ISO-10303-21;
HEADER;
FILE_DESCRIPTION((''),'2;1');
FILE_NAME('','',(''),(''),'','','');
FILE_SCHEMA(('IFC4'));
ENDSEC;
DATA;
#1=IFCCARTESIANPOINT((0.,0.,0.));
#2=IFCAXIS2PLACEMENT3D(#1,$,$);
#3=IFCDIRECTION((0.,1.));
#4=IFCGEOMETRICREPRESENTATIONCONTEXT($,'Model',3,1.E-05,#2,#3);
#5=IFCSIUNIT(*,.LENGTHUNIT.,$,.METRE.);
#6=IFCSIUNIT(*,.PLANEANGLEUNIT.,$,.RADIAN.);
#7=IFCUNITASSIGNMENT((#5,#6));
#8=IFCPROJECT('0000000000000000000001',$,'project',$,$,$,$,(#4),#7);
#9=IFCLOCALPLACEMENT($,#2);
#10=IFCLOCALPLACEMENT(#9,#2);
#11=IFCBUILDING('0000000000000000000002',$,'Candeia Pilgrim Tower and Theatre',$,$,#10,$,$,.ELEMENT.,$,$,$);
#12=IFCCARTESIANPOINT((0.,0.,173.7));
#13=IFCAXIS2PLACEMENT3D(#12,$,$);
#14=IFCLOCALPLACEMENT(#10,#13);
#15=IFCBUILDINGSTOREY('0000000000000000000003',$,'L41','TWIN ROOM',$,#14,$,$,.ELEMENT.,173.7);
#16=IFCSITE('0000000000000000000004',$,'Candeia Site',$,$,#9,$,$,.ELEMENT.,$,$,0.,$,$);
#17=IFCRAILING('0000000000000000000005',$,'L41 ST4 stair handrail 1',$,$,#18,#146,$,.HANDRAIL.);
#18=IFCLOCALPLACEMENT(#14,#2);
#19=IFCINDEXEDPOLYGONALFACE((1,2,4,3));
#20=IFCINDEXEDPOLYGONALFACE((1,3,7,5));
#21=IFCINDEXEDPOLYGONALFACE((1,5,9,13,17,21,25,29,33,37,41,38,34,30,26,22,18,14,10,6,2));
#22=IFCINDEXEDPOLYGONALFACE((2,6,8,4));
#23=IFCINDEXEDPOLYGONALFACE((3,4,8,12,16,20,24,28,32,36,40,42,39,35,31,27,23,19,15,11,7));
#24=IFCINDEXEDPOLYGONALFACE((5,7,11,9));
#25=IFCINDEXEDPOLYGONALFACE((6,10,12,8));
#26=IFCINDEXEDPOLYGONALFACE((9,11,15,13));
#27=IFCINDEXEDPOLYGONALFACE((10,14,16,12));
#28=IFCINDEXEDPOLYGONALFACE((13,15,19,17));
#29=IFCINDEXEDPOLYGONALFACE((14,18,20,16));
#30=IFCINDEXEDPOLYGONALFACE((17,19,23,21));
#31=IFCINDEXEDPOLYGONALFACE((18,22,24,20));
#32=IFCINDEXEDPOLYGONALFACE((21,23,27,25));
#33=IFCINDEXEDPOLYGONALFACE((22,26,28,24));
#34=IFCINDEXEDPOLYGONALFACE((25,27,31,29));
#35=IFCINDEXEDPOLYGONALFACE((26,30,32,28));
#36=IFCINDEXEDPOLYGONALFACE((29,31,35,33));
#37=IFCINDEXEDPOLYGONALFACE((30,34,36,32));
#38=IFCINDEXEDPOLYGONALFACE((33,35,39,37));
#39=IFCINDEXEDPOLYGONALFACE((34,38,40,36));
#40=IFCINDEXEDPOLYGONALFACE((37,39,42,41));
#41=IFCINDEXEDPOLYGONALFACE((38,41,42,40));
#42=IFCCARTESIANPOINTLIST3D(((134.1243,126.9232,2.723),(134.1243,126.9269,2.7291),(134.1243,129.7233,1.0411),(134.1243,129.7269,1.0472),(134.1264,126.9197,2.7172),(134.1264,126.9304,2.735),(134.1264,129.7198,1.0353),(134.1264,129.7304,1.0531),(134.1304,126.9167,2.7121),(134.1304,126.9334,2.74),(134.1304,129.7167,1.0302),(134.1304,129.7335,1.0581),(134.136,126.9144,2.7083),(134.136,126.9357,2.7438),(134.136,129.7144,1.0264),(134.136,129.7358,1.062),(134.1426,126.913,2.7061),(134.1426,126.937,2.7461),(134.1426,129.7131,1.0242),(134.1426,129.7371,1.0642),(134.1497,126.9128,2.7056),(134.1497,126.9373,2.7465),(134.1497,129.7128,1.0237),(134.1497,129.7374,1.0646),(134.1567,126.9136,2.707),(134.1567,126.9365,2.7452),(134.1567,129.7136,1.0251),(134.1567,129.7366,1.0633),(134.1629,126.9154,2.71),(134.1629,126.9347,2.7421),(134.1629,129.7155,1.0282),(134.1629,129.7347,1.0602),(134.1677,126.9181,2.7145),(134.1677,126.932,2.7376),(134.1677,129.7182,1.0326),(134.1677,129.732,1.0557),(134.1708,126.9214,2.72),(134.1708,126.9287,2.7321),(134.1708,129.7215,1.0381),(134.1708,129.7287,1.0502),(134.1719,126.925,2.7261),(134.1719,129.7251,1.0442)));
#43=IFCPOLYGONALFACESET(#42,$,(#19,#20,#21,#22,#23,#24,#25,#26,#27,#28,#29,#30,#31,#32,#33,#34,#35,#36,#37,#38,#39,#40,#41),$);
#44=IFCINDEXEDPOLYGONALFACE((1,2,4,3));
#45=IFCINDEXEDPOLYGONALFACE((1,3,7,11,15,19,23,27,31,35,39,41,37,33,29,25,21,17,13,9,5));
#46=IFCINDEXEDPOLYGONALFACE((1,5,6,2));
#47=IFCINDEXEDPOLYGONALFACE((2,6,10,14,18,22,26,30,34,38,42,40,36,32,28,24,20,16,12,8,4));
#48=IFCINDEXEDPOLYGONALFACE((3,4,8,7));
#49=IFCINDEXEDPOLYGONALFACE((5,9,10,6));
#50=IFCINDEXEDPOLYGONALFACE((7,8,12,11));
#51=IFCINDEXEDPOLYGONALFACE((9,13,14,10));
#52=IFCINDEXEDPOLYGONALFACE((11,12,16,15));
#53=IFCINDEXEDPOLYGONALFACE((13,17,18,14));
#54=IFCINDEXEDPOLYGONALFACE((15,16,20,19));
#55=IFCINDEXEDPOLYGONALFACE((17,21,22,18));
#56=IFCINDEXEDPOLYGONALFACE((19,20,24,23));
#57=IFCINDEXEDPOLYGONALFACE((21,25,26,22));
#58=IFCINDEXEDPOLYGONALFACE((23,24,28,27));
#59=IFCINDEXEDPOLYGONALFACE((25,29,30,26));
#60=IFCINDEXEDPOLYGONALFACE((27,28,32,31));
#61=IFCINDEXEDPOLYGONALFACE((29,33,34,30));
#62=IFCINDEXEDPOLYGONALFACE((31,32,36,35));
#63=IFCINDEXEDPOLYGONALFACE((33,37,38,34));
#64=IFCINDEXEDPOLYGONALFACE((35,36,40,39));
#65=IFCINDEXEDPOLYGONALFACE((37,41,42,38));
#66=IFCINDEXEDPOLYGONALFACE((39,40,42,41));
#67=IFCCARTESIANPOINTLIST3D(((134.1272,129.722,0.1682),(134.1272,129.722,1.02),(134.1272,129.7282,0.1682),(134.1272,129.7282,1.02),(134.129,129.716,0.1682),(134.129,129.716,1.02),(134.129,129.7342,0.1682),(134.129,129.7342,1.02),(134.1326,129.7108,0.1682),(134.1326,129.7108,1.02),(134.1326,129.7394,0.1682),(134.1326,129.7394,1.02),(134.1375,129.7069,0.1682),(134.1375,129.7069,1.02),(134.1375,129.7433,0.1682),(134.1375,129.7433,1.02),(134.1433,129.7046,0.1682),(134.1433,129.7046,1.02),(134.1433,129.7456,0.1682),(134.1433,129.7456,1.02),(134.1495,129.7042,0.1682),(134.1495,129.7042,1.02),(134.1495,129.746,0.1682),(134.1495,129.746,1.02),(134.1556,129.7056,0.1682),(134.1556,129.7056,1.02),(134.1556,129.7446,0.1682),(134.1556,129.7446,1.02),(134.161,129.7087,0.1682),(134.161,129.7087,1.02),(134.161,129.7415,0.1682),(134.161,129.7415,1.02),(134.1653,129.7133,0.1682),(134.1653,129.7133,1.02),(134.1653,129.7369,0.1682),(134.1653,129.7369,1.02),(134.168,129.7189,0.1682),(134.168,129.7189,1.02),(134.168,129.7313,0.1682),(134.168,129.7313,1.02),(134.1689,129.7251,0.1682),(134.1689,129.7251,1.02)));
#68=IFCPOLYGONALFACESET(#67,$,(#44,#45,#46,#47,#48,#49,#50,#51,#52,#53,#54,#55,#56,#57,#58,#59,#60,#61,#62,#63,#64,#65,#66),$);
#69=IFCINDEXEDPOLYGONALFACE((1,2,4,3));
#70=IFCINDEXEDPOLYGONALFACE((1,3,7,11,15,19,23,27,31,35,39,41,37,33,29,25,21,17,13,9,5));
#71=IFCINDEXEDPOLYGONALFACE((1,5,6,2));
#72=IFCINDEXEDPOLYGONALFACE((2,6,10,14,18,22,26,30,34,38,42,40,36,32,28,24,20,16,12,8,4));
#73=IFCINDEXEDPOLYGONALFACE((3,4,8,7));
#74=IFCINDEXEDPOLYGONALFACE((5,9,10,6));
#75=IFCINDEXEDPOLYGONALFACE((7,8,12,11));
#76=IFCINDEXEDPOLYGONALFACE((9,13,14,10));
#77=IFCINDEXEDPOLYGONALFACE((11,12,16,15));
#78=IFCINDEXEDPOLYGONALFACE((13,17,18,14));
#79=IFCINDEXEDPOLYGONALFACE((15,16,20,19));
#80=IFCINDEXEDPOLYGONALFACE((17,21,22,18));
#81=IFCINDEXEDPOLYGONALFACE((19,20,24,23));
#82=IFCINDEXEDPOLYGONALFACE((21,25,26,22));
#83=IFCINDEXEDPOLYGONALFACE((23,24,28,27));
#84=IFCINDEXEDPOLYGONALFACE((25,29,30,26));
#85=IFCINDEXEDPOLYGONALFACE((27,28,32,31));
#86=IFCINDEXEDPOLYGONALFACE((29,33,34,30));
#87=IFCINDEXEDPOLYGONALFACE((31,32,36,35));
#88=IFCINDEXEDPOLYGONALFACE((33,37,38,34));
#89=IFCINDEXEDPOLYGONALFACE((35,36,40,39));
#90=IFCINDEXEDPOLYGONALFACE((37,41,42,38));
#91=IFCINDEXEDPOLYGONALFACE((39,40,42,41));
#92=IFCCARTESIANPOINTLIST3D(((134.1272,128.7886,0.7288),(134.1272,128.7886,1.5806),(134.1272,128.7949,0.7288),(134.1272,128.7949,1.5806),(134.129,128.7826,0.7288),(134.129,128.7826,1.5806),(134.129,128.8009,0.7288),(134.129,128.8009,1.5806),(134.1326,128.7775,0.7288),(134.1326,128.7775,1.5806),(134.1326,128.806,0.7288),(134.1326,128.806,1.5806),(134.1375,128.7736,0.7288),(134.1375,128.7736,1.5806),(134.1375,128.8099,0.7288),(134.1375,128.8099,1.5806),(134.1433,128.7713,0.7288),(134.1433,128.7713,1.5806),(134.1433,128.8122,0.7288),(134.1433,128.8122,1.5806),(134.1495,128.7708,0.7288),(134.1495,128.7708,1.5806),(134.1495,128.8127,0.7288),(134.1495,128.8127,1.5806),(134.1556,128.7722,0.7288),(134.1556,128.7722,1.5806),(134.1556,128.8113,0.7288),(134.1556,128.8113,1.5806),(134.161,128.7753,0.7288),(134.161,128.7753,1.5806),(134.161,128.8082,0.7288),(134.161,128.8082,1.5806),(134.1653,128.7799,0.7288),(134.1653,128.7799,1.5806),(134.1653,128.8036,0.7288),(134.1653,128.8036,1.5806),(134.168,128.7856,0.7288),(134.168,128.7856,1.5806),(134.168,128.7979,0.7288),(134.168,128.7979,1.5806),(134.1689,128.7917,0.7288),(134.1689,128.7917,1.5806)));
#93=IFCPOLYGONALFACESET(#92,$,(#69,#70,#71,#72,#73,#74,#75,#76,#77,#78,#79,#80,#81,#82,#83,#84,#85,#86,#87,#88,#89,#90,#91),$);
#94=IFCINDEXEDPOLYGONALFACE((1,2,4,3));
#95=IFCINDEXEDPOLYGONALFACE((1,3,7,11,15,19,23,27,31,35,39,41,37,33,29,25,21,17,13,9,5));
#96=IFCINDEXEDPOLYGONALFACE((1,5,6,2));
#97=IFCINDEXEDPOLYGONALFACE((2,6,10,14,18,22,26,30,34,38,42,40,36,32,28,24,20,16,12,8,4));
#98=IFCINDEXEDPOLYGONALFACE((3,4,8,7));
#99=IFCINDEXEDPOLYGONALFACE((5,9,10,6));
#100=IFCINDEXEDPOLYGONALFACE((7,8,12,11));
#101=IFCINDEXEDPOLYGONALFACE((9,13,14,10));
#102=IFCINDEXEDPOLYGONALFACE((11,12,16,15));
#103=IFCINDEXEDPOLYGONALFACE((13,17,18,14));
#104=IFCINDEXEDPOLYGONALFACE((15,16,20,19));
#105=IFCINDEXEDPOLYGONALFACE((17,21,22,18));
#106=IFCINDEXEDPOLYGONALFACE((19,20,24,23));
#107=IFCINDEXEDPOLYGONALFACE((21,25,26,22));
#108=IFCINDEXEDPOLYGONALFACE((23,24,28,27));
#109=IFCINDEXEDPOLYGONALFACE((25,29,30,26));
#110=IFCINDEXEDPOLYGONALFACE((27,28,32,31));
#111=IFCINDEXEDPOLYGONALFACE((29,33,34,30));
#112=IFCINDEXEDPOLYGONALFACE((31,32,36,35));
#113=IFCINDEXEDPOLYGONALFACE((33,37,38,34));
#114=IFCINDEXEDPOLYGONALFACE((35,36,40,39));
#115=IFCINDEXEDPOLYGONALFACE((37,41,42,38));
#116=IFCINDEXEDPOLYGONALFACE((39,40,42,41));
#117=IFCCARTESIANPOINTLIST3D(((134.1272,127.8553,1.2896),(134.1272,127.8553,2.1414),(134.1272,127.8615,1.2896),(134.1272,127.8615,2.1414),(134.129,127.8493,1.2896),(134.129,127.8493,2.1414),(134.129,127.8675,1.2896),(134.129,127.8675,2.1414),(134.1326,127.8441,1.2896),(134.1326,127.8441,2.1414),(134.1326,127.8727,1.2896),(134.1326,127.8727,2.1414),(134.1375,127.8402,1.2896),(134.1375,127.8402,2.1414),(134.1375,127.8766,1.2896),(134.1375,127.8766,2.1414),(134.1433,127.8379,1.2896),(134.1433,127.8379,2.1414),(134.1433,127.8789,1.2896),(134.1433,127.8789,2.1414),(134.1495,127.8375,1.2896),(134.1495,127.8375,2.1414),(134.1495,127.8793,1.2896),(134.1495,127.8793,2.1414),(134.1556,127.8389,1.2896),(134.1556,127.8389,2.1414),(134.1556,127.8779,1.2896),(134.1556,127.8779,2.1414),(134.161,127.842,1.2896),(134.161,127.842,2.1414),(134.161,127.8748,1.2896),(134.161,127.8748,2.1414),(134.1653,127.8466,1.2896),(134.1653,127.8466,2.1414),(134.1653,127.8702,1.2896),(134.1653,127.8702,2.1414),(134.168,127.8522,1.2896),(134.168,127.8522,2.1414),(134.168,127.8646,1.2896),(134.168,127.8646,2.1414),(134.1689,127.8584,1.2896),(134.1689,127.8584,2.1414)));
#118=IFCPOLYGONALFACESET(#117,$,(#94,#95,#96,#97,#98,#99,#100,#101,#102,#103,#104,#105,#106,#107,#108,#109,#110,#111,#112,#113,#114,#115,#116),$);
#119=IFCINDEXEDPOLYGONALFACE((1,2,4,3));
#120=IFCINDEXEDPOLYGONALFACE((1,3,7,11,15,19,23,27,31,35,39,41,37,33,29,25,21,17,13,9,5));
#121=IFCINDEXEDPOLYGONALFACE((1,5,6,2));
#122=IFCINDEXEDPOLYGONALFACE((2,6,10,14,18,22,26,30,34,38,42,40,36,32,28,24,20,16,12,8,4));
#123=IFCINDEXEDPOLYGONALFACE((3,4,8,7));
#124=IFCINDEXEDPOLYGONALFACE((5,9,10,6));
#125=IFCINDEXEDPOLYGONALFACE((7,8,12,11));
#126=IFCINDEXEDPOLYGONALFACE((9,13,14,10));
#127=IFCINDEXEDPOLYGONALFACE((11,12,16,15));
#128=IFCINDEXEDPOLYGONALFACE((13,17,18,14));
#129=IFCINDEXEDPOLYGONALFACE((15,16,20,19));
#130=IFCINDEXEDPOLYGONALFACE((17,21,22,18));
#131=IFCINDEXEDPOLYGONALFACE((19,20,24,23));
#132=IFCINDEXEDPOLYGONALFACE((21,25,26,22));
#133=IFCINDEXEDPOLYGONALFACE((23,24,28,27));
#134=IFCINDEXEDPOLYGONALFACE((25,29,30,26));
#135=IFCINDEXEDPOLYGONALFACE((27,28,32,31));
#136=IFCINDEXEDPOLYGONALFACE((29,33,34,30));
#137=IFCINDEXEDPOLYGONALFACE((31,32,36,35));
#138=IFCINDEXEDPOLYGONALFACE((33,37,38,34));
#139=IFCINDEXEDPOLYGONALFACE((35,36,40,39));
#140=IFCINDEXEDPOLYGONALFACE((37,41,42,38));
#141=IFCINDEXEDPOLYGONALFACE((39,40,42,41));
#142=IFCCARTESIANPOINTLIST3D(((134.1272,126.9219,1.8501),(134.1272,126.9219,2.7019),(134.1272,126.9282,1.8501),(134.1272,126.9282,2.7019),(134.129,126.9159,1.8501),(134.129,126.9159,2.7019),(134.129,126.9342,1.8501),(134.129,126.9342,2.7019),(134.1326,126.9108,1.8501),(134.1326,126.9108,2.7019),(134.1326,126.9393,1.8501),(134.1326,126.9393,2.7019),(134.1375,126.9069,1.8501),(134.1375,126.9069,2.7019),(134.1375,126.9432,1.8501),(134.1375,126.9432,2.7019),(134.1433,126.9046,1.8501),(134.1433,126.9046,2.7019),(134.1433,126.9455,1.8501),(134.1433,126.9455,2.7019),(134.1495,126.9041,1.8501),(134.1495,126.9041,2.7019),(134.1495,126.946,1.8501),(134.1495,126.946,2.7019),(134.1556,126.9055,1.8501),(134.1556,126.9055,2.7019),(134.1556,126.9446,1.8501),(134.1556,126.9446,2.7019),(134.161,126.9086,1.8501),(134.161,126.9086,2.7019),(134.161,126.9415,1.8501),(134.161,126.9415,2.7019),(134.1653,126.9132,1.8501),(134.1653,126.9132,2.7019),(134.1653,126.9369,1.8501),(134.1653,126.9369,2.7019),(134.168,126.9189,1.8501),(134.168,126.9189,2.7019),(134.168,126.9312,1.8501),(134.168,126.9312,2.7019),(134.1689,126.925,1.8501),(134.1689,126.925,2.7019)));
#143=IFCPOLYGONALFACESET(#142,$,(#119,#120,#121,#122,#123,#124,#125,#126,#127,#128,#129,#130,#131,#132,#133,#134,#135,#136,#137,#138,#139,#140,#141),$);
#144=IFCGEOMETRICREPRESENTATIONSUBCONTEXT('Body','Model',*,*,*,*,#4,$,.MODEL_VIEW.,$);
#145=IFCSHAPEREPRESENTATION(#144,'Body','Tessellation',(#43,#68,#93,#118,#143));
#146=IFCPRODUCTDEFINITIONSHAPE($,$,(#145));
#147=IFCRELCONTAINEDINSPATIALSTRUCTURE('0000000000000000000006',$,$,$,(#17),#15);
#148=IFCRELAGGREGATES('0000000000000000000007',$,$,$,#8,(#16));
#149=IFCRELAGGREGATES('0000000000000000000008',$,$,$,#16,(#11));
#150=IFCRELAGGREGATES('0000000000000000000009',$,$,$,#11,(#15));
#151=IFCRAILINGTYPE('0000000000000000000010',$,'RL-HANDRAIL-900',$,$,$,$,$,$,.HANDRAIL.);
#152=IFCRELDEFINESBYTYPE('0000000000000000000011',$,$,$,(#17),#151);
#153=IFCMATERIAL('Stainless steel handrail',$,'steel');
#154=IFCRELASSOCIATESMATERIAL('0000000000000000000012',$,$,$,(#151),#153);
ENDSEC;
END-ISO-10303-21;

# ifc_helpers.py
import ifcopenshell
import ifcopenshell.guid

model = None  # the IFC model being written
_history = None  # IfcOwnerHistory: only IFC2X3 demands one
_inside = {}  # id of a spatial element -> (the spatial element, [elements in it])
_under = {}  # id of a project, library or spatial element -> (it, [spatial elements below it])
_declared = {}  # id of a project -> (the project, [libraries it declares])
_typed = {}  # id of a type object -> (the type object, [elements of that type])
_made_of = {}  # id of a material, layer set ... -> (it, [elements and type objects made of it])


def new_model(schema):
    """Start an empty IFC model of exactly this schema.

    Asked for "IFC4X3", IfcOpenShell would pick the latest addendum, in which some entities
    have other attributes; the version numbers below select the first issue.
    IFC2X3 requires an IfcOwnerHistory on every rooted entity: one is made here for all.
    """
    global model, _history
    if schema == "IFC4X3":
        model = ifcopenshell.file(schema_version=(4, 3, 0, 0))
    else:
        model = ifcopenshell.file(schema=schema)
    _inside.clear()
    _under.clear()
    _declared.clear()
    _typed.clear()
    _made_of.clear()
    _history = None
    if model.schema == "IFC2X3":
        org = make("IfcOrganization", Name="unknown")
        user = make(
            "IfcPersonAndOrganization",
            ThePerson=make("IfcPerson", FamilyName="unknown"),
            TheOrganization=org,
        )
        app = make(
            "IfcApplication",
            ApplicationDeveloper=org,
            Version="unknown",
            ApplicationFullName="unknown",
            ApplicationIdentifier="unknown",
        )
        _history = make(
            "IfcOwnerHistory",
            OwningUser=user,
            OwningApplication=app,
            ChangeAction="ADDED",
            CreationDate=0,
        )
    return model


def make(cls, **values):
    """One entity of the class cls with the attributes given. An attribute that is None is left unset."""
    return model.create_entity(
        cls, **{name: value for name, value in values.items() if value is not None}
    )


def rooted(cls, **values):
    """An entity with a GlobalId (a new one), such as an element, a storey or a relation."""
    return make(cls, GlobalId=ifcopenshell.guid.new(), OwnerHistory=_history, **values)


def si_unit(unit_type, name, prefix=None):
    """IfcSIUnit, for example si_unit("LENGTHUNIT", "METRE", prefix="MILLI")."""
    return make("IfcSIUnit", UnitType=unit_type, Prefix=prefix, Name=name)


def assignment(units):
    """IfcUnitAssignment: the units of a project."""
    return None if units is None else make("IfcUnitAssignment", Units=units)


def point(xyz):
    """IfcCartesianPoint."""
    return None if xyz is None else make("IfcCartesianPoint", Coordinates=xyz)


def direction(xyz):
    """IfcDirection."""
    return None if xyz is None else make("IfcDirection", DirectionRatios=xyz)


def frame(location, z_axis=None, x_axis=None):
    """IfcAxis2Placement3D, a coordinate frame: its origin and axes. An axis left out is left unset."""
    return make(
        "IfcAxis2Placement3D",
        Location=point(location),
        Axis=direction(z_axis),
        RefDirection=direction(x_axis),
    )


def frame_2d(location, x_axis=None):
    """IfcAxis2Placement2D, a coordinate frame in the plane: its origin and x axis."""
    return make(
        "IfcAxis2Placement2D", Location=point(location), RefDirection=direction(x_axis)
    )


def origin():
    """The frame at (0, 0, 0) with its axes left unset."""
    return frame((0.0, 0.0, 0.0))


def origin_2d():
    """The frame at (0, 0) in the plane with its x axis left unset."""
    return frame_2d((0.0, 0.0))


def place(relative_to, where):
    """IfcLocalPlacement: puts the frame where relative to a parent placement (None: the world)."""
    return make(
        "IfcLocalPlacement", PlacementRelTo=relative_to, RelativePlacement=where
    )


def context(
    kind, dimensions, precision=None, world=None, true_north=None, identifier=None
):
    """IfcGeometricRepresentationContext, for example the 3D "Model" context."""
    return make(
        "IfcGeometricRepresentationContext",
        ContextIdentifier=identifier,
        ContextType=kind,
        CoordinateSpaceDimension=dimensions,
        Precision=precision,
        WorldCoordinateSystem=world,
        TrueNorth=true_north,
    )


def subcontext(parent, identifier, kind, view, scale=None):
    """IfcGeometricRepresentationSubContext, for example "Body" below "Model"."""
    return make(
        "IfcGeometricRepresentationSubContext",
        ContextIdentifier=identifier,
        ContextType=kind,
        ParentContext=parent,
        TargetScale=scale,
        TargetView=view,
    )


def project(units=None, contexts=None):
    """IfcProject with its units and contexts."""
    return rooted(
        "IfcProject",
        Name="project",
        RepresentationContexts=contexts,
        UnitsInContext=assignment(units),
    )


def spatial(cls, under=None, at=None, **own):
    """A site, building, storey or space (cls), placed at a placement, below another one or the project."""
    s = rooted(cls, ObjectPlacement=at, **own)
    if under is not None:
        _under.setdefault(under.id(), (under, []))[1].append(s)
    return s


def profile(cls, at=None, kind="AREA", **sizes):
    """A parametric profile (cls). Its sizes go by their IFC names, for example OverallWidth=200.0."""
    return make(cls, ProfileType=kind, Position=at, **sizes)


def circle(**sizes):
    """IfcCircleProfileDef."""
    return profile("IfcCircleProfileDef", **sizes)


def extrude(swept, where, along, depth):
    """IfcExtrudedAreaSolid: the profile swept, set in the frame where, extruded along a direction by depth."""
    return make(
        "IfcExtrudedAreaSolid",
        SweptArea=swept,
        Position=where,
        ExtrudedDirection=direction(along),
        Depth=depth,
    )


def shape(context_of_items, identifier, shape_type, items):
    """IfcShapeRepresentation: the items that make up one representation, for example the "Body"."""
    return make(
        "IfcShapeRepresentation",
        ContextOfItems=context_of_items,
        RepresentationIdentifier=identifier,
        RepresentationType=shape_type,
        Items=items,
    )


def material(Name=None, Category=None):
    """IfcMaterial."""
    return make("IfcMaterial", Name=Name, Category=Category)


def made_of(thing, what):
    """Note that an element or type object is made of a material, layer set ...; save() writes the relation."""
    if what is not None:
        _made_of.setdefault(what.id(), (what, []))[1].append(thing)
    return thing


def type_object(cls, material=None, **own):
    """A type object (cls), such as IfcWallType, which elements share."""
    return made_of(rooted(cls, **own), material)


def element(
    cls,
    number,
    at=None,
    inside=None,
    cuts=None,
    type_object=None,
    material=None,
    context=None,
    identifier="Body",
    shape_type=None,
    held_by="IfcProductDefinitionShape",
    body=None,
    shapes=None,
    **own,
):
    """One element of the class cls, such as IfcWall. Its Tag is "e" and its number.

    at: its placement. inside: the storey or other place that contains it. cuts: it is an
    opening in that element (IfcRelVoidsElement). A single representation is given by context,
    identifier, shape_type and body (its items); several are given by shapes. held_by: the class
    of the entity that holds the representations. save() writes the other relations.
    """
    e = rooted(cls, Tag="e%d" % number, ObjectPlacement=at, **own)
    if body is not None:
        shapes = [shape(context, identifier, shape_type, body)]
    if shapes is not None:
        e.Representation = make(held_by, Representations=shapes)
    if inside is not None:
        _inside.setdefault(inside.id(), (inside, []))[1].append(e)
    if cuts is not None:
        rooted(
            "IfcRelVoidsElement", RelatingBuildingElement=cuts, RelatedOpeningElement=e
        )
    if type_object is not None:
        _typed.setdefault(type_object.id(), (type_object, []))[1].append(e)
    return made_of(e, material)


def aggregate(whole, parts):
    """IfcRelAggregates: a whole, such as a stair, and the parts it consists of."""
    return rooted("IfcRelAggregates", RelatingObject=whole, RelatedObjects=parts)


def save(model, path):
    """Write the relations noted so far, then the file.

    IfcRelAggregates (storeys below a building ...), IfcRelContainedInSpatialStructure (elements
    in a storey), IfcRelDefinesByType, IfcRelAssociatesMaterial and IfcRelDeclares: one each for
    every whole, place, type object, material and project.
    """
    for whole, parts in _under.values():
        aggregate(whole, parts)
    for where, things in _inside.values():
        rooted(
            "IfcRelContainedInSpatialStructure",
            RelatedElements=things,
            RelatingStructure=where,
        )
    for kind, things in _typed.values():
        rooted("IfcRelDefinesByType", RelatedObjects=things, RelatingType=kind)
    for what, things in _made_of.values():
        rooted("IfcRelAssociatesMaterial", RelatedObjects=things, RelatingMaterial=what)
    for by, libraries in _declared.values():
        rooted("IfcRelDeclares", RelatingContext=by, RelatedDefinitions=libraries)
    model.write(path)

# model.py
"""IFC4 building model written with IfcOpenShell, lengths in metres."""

from ifc_helpers import new_model, si_unit, direction, frame, origin, origin_2d, place, context, subcontext, project, spatial, circle, extrude, material, type_object, element, save


model = new_model("IFC4")

# Units and contexts
model_context = context("Model", 3, precision=1e-05, world=origin(), true_north=direction((0.0, 1.0)))
body_context = subcontext(model_context, "Body", "Model", "MODEL_VIEW")
ifc_project = project(units=[si_unit("LENGTHUNIT", "METRE"), si_unit("PLANEANGLEUNIT", "RADIAN")], contexts=[model_context])

# Site, building, storey
site_placement = place(None, origin())
site = spatial("IfcSite", under=ifc_project, at=site_placement, Name="Candeia Site", CompositionType="ELEMENT", RefElevation=0.0)
building_placement = place(site_placement, origin())
building = spatial("IfcBuilding", under=site, at=building_placement, Name="Candeia Pilgrim Tower and Theatre", CompositionType="ELEMENT")
storey_placement = place(building_placement, frame((0.0, 0.0, 173.7)))
storey = spatial("IfcBuildingStorey", under=building, at=storey_placement, Name="L41", Description="TWIN ROOM", CompositionType="ELEMENT", Elevation=173.7)

# Railing
ifc_material_1 = material(Name="Stainless steel handrail", Category="steel")
railing_type_1 = type_object("IfcRailingType", Name="RL-HANDRAIL-900", PredefinedType="HANDRAIL", material=ifc_material_1)
railing_1_placement = place(storey_placement, frame((134.1479, 129.7251, 0.1682)))
element("IfcRailing", 1, at=railing_1_placement, inside=storey, type_object=railing_type_1, Name="L41 ST4 stair handrail 1", PredefinedType="HANDRAIL", context=body_context, shape_type="SweptSolid", body=[
    extrude(circle(Radius=0.0239, at=origin_2d()), frame((0.0, 0.0, 0.876), z_axis=(0.0, -0.857242, 0.514913), x_axis=(1.0, 0.0, 0.0)), (0.0, 0.0, 1.0), 3.2664),
    extrude(circle(Radius=0.021, at=origin_2d()), origin(), (0.0, 0.0, 1.0), 0.8518),
    extrude(circle(Radius=0.021, at=origin_2d()), frame((0.0, -0.9333, 0.5605)), (0.0, 0.0, 1.0), 0.8518),
    extrude(circle(Radius=0.021, at=origin_2d()), frame((0.0, -1.8667, 1.1213)), (0.0, 0.0, 1.0), 0.8518),
    extrude(circle(Radius=0.021, at=origin_2d()), frame((0.0, -2.8, 1.6819)), (0.0, 0.0, 1.0), 0.8518),
])

save(model, "model.ifc")
